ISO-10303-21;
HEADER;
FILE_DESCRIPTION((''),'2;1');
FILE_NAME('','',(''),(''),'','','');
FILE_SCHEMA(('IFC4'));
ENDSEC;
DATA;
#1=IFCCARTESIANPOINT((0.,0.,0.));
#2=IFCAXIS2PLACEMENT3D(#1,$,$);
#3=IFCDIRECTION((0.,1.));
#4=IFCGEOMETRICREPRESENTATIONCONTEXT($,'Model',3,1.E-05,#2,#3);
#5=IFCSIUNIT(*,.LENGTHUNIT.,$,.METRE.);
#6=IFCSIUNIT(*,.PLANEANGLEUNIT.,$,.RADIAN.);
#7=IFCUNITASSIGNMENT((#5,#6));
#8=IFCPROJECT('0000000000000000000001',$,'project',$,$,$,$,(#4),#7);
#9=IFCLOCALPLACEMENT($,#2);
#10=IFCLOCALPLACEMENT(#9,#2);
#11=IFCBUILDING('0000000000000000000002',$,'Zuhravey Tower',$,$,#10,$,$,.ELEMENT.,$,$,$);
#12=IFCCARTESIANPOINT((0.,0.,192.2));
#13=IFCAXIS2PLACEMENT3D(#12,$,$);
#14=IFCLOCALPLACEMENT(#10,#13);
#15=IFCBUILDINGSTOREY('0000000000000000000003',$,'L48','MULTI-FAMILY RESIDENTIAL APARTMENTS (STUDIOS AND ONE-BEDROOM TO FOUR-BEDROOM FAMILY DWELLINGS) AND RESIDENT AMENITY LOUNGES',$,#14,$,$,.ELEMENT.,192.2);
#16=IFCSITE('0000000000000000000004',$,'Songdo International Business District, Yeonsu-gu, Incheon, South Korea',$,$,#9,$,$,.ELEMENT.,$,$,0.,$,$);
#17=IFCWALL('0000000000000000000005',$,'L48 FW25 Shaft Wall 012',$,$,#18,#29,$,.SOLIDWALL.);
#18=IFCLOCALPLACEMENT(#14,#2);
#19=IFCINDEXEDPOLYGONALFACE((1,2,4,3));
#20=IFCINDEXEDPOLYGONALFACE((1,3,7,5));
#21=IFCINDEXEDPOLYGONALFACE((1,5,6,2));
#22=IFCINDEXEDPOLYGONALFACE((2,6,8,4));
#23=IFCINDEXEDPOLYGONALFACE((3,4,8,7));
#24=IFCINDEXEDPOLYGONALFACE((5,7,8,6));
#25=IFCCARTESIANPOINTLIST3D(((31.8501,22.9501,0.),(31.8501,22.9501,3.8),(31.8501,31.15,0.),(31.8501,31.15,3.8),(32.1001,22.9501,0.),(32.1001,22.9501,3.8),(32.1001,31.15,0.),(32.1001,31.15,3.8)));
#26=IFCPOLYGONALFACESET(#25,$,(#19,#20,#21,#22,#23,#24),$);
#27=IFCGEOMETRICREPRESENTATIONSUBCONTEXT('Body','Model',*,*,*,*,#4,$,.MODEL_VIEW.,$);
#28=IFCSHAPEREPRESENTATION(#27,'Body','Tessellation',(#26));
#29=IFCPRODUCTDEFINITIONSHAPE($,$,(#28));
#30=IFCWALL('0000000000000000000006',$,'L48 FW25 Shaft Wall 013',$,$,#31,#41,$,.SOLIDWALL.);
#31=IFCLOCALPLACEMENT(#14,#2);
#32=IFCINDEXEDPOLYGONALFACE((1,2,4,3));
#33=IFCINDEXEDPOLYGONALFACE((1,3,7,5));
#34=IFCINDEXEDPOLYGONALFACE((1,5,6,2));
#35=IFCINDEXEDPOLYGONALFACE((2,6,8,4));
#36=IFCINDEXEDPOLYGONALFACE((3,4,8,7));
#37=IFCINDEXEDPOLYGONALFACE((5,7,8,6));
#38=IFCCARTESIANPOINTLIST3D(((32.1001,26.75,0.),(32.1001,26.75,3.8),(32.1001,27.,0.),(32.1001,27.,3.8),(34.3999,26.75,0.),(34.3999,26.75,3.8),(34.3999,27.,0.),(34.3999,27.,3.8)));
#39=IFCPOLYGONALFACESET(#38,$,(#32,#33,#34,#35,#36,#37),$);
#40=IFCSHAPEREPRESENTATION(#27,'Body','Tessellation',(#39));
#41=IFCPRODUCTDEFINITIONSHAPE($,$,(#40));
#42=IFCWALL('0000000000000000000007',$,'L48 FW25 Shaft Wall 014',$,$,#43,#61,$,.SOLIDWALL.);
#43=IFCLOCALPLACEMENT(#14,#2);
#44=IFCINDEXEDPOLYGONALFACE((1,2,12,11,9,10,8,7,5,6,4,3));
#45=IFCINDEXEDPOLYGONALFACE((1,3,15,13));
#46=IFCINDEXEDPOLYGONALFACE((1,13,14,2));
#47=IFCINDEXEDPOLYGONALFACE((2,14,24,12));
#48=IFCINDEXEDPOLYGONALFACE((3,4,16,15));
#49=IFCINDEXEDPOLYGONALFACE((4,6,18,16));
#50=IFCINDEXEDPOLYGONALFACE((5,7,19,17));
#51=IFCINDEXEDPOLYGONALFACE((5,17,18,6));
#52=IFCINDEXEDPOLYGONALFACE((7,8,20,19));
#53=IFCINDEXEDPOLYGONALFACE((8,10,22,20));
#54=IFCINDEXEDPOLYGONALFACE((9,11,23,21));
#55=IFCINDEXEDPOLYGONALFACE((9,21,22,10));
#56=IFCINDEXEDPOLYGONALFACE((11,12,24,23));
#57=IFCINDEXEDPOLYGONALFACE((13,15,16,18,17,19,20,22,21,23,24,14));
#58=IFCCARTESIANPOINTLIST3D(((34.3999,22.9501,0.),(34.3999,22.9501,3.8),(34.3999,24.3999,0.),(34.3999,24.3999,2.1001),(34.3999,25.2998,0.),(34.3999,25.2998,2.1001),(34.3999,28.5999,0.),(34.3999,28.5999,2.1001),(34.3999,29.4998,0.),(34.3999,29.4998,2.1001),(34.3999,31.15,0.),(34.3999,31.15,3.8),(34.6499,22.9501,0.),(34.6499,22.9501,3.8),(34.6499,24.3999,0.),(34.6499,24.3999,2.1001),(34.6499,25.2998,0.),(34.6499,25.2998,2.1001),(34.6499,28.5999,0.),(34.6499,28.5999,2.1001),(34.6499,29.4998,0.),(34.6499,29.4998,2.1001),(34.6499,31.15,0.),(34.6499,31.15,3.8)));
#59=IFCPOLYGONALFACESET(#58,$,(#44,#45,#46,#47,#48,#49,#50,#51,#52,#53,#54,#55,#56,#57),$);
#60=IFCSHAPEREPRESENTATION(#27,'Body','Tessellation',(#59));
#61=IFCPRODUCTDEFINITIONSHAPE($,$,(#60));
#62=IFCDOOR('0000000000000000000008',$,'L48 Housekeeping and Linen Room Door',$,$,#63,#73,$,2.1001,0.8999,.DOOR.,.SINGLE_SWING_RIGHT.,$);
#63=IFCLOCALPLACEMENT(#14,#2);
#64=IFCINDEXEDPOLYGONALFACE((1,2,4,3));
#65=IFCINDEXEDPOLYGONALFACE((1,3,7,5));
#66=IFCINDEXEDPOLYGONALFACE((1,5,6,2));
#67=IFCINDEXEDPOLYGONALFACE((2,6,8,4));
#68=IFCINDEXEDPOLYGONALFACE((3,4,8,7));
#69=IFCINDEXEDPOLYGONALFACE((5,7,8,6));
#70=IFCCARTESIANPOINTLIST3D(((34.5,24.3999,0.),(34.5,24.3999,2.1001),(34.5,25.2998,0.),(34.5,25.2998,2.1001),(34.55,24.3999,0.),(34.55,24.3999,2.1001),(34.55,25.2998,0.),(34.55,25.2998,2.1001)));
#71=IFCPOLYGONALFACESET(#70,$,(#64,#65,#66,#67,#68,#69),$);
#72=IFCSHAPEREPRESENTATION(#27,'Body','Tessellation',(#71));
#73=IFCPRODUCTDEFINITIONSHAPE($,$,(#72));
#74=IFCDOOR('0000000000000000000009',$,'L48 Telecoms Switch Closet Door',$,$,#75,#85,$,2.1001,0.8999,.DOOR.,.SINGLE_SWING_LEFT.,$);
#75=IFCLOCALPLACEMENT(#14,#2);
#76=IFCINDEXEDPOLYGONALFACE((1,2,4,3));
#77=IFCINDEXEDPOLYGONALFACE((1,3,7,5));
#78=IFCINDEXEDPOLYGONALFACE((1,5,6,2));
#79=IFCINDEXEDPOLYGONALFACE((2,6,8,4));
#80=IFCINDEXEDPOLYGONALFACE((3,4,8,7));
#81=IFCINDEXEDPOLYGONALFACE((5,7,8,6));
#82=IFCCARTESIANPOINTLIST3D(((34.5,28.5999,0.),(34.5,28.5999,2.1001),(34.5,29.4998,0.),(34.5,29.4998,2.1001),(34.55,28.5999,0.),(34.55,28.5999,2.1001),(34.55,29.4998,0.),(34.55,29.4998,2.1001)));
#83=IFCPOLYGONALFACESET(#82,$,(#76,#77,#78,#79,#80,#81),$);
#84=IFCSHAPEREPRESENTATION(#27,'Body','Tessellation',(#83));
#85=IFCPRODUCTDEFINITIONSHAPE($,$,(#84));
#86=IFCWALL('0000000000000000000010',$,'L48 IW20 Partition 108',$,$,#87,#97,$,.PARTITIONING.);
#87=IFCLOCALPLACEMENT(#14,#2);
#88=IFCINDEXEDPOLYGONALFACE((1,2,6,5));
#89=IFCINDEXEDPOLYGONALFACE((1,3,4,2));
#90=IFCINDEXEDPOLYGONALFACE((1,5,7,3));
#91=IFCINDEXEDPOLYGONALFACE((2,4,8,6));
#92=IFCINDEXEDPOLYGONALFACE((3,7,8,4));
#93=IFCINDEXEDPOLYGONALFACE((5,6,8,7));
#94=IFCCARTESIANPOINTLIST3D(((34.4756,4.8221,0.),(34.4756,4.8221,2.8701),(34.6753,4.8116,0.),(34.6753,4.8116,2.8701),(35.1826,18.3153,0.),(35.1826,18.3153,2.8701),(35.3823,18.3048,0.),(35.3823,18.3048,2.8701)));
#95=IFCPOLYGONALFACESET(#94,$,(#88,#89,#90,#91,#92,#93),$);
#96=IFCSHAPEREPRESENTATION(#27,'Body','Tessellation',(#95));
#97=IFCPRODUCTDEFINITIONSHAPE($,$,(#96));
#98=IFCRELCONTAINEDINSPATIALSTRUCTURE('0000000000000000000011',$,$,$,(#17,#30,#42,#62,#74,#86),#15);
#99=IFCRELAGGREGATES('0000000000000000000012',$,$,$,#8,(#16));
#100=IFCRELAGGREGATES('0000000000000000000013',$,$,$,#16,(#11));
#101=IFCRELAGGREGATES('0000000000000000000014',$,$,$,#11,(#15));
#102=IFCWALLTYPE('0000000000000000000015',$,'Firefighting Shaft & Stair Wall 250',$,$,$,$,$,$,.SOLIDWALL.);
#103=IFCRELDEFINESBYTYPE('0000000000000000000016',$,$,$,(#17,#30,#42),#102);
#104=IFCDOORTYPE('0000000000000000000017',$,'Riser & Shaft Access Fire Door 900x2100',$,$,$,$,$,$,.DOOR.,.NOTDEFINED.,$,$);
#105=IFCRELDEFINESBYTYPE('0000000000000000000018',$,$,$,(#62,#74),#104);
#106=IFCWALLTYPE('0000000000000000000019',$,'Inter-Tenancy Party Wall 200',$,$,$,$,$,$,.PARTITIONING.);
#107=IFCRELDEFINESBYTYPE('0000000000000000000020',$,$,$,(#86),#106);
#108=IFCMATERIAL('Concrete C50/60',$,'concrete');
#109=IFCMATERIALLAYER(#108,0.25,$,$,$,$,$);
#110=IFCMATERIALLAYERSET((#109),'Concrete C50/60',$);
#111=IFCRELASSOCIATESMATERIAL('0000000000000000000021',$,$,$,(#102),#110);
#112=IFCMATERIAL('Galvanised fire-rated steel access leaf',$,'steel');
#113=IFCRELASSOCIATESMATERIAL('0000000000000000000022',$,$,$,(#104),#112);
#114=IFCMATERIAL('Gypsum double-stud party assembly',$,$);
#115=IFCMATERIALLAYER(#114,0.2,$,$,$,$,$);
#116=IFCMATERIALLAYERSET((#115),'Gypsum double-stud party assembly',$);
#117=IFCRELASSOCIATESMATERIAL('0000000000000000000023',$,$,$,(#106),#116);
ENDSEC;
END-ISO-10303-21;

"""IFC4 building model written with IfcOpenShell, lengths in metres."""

from ifc_helpers import new_model, si_unit, direction, frame, frame_2d, origin, place, context, subcontext, project, spatial, rectangle, extrude, material, layer, layer_set, type_object, element, fill, save


model = new_model("IFC4")

# Units and contexts
model_context = context("Model", 3, precision=1e-05, world=origin(), true_north=direction((0.0, 1.0)))
body_context = subcontext(model_context, "Body", "Model", "MODEL_VIEW")
ifc_project = project(units=[si_unit("LENGTHUNIT", "METRE"), si_unit("PLANEANGLEUNIT", "RADIAN")], contexts=[model_context])

# Site, building, storey
site_placement = place(None, origin())
site = spatial("IfcSite", under=ifc_project, at=site_placement, Name="Songdo International Business District, Yeonsu-gu, Incheon, South Korea", CompositionType="ELEMENT", RefElevation=0.0)
building_placement = place(site_placement, origin())
building = spatial("IfcBuilding", under=site, at=building_placement, Name="Zuhravey Tower", CompositionType="ELEMENT")
storey_placement = place(building_placement, frame((0.0, 0.0, 192.2)))
storey = spatial("IfcBuildingStorey", under=building, at=storey_placement, Name="L48", Description="MULTI-FAMILY RESIDENTIAL APARTMENTS (STUDIOS AND ONE-BEDROOM TO FOUR-BEDROOM FAMILY DWELLINGS) AND RESIDENT AMENITY LOUNGES", CompositionType="ELEMENT", Elevation=192.2)

# Shared definitions
ifc_material_1 = material(Name="Concrete C50/60", Category="concrete")
ifc_layer_1 = layer(ifc_material_1, 0.25)
ifc_layer_set_1 = layer_set([ifc_layer_1], Name="Concrete C50/60")
wall_type_1 = type_object("IfcWallType", Name="Firefighting Shaft & Stair Wall 250", PredefinedType="SOLIDWALL", material=ifc_layer_set_1)

# Shared definitions
ifc_material_2 = material(Name="Galvanised fire-rated steel access leaf", Category="steel")
door_type_1 = type_object("IfcDoorType", Name="Riser & Shaft Access Fire Door 900x2100", OperationType="NOTDEFINED", PredefinedType="DOOR", material=ifc_material_2)

# Walls
wall_1_placement = place(storey_placement, frame((31.9751, 22.95, 0.0), z_axis=(0.0, 0.0, 1.0), x_axis=(0.0, 1.0, 0.0)))
element("IfcWall", 1, at=wall_1_placement, inside=storey, type_object=wall_type_1, Name="L48 FW25 Shaft Wall 012", PredefinedType="SOLIDWALL", context=body_context, shape_type="SweptSolid", body=[
    extrude(rectangle(XDim=8.2, YDim=0.25, at=frame_2d((4.1001, 0.0))), origin(), (0.0, 0.0, 1.0), 3.8),
])
wall_2_placement = place(storey_placement, frame((32.1001, 26.875, 0.0), z_axis=(0.0, 0.0, 1.0), x_axis=(1.0, 0.0, 0.0)))
element("IfcWall", 2, at=wall_2_placement, inside=storey, type_object=wall_type_1, Name="L48 FW25 Shaft Wall 013", PredefinedType="SOLIDWALL", context=body_context, shape_type="SweptSolid", body=[
    extrude(rectangle(XDim=2.2998, YDim=0.25, at=frame_2d((1.1499, 0.0))), origin(), (0.0, 0.0, 1.0), 3.8),
])

# Wall, openings, doors
wall_3_placement = place(storey_placement, frame((34.5249, 22.95, 0.0), z_axis=(0.0, 0.0, 1.0), x_axis=(0.0, 1.0, 0.0)))
wall_3 = element("IfcWall", 3, at=wall_3_placement, inside=storey, type_object=wall_type_1, Name="L48 FW25 Shaft Wall 014", PredefinedType="SOLIDWALL", context=body_context, shape_type="SweptSolid", body=[
    extrude(rectangle(XDim=8.2, YDim=0.25, at=frame_2d((4.1001, 0.0))), origin(), (0.0, 0.0, 1.0), 3.8),
])
opening_1_placement = place(wall_3_placement, frame((1.45, 0.0, 0.0)))
opening_1 = element("IfcOpeningElement", 4, at=opening_1_placement, cuts=wall_3, PredefinedType="OPENING", context=body_context, shape_type="SweptSolid", body=[
    extrude(rectangle(XDim=0.8999, YDim=2.1001, at=frame_2d((0.45, 1.05))), frame((0.0, 0.137, 0.0), z_axis=(0.0, -1.0, 0.0), x_axis=(1.0, 0.0, 0.0)), (0.0, 0.0, 1.0), 0.2739),
])
opening_2_placement = place(wall_3_placement, frame((5.6499, 0.0, 0.0)))
opening_2 = element("IfcOpeningElement", 5, at=opening_2_placement, cuts=wall_3, PredefinedType="OPENING", context=body_context, shape_type="SweptSolid", body=[
    extrude(rectangle(XDim=0.8999, YDim=2.1001, at=frame_2d((0.45, 1.05))), frame((0.0, 0.137, 0.0), z_axis=(0.0, -1.0, 0.0), x_axis=(1.0, 0.0, 0.0)), (0.0, 0.0, 1.0), 0.2739),
])
door_1_placement = place(opening_1_placement, origin())
door_1 = element("IfcDoor", 6, at=door_1_placement, inside=storey, type_object=door_type_1, Name="L48 Housekeeping and Linen Room Door", OperationType="SINGLE_SWING_RIGHT", OverallHeight=2.1001, OverallWidth=0.8999, PredefinedType="DOOR", context=body_context, shape_type="SweptSolid", body=[
    extrude(rectangle(XDim=0.8999, YDim=2.1001, at=frame_2d((0.45, 1.05))), frame((0.0, 0.0249, 0.0), z_axis=(0.0, -1.0, 0.0), x_axis=(1.0, 0.0, 0.0)), (0.0, 0.0, 1.0), 0.05),
])
fill(opening_1, door_1)
door_2_placement = place(opening_2_placement, origin())
door_2 = element("IfcDoor", 7, at=door_2_placement, inside=storey, type_object=door_type_1, Name="L48 Telecoms Switch Closet Door", OperationType="SINGLE_SWING_LEFT", OverallHeight=2.1001, OverallWidth=0.8999, PredefinedType="DOOR", context=body_context, shape_type="SweptSolid", body=[
    extrude(rectangle(XDim=0.8999, YDim=2.1001, at=frame_2d((0.45, 1.05))), frame((0.0, 0.0249, 0.0), z_axis=(0.0, -1.0, 0.0), x_axis=(1.0, 0.0, 0.0)), (0.0, 0.0, 1.0), 0.05),
])
fill(opening_2, door_2)

# Wall
ifc_material_3 = material(Name="Gypsum double-stud party assembly")
ifc_layer_2 = layer(ifc_material_3, 0.2)
ifc_layer_set_2 = layer_set([ifc_layer_2], Name="Gypsum double-stud party assembly")
wall_type_2 = type_object("IfcWallType", Name="Inter-Tenancy Party Wall 200", PredefinedType="PARTITIONING", material=ifc_layer_set_2)
wall_4_placement = place(storey_placement, frame((35.2825, 18.3101, 0.0), z_axis=(0.0, 0.0, 1.0), x_axis=(-0.052327, -0.99863, 0.0)))
element("IfcWall", 8, at=wall_4_placement, inside=storey, type_object=wall_type_2, Name="L48 IW20 Partition 108", PredefinedType="PARTITIONING", context=body_context, shape_type="SweptSolid", body=[
    extrude(rectangle(XDim=13.5117, YDim=0.2, at=frame_2d((6.7559, 0.0))), origin(), (0.0, 0.0, 1.0), 2.8701),
])

save(model, "model.ifc")
